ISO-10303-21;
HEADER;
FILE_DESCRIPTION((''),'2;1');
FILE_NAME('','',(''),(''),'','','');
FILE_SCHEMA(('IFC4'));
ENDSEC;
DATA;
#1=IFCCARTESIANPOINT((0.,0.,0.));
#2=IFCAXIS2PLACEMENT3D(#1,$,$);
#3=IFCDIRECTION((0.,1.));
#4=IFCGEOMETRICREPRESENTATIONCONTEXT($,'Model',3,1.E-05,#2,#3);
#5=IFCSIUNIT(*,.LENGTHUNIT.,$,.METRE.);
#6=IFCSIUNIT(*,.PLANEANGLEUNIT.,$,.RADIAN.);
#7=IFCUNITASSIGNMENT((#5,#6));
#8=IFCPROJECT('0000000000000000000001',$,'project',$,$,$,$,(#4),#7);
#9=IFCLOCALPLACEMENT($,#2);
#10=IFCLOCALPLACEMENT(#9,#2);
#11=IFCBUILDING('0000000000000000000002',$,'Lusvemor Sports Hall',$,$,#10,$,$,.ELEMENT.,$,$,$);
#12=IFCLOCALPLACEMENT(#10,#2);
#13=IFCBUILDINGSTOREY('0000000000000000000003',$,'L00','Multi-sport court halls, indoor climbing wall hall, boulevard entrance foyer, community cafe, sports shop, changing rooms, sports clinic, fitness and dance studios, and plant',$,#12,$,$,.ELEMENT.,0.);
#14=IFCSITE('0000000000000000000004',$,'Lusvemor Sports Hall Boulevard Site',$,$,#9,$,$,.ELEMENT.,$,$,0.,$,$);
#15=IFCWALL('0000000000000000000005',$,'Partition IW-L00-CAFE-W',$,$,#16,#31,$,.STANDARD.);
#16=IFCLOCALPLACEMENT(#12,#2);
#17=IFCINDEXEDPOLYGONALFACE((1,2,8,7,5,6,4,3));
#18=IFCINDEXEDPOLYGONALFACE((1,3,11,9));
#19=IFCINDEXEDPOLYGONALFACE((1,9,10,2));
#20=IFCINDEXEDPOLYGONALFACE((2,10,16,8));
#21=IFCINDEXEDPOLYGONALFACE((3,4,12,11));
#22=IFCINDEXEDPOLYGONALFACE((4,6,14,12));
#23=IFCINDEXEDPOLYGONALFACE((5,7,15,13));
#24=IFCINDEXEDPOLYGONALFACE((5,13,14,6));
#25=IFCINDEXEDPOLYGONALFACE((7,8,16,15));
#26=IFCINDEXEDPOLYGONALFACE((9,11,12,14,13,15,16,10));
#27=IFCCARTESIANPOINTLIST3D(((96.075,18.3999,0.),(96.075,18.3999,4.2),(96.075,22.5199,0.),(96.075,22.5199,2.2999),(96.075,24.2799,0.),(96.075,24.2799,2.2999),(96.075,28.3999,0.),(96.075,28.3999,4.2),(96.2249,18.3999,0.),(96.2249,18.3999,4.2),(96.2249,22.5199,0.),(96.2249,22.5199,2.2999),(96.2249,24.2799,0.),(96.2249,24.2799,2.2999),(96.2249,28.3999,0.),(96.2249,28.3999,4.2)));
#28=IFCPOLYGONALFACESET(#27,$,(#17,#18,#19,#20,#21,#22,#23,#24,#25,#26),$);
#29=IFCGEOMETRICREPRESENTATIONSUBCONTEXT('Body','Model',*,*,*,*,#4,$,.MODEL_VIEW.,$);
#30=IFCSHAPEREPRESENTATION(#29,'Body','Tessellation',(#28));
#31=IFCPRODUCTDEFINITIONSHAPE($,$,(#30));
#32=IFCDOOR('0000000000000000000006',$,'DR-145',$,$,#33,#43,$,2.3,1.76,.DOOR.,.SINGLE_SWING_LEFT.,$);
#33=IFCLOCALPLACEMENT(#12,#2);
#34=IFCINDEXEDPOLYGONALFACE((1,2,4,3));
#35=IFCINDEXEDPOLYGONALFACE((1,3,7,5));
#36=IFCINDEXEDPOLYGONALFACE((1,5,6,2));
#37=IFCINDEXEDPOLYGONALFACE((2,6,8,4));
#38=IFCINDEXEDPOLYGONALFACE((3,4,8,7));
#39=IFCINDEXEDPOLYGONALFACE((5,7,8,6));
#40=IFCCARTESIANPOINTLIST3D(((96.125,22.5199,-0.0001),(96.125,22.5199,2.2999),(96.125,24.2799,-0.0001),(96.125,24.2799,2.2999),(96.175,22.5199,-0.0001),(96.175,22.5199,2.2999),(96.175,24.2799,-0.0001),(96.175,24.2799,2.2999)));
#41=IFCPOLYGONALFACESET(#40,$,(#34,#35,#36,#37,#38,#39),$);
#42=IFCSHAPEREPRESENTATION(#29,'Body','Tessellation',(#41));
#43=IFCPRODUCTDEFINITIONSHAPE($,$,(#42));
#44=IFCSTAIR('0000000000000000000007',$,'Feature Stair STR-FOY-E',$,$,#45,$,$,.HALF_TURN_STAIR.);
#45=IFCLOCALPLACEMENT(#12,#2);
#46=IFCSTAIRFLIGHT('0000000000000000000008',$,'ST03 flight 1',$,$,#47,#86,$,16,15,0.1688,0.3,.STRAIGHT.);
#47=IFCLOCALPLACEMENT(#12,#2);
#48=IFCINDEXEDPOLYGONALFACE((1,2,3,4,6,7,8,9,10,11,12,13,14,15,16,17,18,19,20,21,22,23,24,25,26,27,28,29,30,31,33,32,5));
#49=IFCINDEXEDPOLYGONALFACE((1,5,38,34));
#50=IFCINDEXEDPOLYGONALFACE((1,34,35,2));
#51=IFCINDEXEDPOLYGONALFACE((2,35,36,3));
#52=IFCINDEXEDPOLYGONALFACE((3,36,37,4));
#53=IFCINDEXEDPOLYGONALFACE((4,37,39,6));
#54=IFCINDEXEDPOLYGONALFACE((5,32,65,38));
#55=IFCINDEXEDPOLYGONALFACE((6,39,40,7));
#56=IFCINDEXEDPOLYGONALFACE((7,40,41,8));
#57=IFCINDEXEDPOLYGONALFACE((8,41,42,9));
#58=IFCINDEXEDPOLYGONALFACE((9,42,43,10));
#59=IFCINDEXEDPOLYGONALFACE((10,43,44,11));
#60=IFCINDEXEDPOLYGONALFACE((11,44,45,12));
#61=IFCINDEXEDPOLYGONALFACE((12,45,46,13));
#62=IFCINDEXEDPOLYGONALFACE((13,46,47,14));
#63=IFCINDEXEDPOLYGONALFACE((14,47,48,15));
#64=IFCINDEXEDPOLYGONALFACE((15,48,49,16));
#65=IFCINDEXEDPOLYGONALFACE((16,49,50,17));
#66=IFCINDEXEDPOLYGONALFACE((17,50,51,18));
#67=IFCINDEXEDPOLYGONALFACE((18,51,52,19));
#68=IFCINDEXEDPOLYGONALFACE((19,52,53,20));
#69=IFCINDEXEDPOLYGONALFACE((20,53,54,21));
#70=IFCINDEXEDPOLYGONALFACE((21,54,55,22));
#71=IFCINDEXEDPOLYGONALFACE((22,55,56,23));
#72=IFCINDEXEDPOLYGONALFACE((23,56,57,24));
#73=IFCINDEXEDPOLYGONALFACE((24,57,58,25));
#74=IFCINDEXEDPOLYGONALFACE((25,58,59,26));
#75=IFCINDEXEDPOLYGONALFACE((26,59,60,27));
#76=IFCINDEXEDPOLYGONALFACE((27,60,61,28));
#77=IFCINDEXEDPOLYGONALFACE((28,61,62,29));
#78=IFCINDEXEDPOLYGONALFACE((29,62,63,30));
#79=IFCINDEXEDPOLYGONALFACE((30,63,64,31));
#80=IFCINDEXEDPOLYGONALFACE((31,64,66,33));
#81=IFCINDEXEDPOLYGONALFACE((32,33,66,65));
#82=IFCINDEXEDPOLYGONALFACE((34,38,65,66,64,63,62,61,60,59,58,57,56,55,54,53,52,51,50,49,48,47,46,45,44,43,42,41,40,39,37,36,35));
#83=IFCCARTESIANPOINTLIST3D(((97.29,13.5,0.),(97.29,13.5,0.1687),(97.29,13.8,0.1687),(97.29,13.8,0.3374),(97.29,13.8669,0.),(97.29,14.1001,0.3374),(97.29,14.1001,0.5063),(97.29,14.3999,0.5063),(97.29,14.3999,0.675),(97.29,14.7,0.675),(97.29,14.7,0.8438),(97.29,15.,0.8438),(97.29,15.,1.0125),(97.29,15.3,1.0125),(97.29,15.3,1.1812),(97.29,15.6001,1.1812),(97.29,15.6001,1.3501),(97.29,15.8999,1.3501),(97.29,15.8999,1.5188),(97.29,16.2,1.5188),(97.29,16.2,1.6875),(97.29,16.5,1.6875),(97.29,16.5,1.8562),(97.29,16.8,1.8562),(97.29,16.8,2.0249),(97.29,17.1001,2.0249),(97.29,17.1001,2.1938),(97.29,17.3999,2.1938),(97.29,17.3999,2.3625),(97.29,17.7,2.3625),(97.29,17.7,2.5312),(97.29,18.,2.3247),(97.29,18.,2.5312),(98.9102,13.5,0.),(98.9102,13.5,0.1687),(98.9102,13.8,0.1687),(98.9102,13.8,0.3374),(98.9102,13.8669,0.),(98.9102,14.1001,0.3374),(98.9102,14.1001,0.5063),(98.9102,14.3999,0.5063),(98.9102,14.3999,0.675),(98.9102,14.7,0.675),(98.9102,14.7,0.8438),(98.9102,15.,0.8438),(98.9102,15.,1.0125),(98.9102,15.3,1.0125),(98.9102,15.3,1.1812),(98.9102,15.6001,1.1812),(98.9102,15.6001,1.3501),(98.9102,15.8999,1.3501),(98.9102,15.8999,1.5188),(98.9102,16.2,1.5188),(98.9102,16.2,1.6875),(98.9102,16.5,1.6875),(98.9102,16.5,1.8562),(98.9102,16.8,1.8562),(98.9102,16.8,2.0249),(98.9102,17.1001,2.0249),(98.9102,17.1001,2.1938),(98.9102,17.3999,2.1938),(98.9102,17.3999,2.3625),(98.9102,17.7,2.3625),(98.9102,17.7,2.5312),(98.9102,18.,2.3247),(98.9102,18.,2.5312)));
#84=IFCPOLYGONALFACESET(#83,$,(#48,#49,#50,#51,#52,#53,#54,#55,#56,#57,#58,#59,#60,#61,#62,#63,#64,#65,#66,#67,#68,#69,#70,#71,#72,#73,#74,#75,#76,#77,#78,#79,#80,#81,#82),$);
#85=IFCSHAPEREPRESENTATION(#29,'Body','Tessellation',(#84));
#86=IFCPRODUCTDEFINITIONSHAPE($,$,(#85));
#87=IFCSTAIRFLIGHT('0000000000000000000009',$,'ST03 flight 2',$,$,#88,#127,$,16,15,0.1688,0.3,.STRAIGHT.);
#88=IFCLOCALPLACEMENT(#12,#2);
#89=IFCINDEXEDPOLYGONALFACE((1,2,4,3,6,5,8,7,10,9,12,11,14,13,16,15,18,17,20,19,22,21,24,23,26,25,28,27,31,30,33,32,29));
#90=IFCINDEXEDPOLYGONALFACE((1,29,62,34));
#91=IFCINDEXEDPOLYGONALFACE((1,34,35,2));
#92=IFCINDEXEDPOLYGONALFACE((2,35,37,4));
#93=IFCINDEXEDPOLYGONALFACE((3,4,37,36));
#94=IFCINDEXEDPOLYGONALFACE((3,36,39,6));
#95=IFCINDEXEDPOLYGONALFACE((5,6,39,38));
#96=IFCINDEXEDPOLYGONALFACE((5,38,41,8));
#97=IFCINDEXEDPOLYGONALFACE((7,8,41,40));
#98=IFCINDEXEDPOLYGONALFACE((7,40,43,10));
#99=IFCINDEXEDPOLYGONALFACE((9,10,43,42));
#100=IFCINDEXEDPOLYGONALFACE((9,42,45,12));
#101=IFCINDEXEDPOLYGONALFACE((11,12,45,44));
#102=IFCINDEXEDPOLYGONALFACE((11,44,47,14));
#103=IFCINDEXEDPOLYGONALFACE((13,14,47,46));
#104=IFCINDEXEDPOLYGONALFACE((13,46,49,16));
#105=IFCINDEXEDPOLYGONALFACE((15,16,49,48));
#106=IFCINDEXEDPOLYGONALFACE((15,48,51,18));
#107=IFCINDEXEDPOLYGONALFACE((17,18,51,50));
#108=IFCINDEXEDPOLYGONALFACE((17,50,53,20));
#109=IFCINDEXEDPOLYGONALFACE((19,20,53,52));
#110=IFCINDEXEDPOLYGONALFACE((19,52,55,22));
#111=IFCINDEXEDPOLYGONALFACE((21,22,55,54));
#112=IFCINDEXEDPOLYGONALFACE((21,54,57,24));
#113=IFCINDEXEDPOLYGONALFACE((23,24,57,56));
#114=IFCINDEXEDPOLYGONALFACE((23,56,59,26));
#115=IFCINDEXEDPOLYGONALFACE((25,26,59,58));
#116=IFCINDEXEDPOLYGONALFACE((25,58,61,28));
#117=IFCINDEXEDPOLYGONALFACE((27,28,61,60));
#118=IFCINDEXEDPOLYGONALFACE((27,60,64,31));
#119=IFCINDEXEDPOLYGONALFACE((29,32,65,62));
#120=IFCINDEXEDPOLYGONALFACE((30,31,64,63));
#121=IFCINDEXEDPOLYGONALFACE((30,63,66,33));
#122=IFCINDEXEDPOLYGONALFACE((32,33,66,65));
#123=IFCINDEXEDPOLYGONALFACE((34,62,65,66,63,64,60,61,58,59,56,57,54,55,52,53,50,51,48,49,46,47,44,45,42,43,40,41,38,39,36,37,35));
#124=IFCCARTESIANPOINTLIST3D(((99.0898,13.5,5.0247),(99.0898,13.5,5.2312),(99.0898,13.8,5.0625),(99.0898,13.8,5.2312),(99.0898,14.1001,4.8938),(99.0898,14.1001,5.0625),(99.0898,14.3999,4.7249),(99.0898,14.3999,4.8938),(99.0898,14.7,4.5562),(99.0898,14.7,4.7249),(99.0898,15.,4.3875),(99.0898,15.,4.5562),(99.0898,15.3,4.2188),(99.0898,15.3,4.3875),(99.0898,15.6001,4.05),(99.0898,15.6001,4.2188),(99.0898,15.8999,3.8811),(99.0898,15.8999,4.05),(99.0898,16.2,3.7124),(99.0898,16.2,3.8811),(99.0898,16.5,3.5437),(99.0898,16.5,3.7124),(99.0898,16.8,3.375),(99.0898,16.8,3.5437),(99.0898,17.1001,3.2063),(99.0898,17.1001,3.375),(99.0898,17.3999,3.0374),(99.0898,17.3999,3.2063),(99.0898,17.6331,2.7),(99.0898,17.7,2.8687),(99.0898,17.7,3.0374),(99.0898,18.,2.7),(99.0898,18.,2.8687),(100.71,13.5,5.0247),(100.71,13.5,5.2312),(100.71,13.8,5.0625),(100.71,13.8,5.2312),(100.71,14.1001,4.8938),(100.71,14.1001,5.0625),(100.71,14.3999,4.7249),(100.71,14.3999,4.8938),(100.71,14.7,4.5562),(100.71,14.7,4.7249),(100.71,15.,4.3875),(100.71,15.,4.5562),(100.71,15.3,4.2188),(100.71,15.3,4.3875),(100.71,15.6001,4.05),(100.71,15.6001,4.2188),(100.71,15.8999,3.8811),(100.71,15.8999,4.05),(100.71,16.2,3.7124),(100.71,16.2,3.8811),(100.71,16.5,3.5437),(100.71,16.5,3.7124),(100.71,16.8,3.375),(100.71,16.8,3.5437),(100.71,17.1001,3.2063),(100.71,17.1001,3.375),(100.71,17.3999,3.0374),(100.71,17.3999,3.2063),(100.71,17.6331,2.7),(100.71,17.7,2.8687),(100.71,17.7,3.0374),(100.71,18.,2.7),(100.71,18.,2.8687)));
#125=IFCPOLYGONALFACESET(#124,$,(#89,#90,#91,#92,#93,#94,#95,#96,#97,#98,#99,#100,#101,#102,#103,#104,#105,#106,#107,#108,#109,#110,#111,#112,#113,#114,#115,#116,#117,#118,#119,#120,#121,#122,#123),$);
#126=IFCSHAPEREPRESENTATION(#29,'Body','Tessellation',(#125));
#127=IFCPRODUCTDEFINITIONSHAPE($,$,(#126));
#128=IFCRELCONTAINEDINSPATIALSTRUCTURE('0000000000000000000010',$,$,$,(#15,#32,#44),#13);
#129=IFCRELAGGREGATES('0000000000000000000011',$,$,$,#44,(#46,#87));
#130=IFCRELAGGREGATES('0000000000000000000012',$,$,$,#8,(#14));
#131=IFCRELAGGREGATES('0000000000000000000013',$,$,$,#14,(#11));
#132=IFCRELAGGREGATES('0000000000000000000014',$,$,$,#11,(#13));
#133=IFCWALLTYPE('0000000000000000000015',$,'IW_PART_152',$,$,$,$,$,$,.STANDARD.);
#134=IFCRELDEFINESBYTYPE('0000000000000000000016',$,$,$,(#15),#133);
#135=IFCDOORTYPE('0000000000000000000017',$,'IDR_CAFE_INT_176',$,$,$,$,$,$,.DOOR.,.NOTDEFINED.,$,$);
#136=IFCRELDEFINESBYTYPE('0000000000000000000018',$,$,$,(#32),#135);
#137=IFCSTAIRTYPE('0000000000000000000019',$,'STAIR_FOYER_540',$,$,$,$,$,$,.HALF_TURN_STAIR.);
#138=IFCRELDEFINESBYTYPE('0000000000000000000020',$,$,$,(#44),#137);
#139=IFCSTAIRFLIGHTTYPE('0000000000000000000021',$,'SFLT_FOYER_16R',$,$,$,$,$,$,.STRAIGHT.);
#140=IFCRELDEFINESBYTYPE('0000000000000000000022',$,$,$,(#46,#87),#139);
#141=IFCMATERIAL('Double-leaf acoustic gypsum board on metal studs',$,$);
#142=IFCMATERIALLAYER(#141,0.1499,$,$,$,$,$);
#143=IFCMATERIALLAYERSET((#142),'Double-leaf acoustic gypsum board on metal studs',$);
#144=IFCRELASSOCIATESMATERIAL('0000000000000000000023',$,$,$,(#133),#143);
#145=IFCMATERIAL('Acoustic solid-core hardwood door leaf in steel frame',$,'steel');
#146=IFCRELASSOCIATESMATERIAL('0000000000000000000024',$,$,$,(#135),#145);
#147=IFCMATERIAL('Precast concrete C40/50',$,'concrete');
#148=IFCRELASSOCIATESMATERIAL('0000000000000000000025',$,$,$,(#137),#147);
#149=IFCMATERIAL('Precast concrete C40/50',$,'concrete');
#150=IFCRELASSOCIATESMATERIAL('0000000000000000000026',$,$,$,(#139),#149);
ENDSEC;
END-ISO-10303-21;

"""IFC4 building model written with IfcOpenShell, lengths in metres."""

from ifc_helpers import new_model, si_unit, direction, frame, frame_2d, origin, place, context, subcontext, project, spatial, polyline, rectangle, outline, extrude, material, layer, layer_set, type_object, element, fill, aggregate, save


model = new_model("IFC4")

# Units and contexts
model_context = context("Model", 3, precision=1e-05, world=origin(), true_north=direction((0.0, 1.0)))
body_context = subcontext(model_context, "Body", "Model", "MODEL_VIEW")
ifc_project = project(units=[si_unit("LENGTHUNIT", "METRE"), si_unit("PLANEANGLEUNIT", "RADIAN")], contexts=[model_context])

# Site, building, storey
site_placement = place(None, origin())
site = spatial("IfcSite", under=ifc_project, at=site_placement, Name="Lusvemor Sports Hall Boulevard Site", CompositionType="ELEMENT", RefElevation=0.0)
building_placement = place(site_placement, origin())
building = spatial("IfcBuilding", under=site, at=building_placement, Name="Lusvemor Sports Hall", CompositionType="ELEMENT")
storey_placement = place(building_placement, origin())
storey = spatial("IfcBuildingStorey", under=building, at=storey_placement, Name="L00", Description="Multi-sport court halls, indoor climbing wall hall, boulevard entrance foyer, community cafe, sports shop, changing rooms, sports clinic, fitness and dance studios, and plant", CompositionType="ELEMENT", Elevation=0.0)

# Wall, opening, door
ifc_material_1 = material(Name="Double-leaf acoustic gypsum board on metal studs")
ifc_layer_1 = layer(ifc_material_1, 0.1499)
ifc_layer_set_1 = layer_set([ifc_layer_1], Name="Double-leaf acoustic gypsum board on metal studs")
wall_type_1 = type_object("IfcWallType", Name="IW_PART_152", PredefinedType="STANDARD", material=ifc_layer_set_1)
wall_1_placement = place(storey_placement, frame((96.1499, 18.3999, 0.0), z_axis=(0.0, 0.0, 1.0), x_axis=(0.0, 1.0, 0.0)))
wall_1 = element("IfcWall", 1, at=wall_1_placement, inside=storey, type_object=wall_type_1, Name="Partition IW-L00-CAFE-W", PredefinedType="STANDARD", context=body_context, shape_type="SweptSolid", body=[
    extrude(rectangle(XDim=10.0, YDim=0.1499, at=frame_2d((5.0, 0.0))), origin(), (0.0, 0.0, 1.0), 4.2),
])
opening_1_placement = place(wall_1_placement, frame((4.1201, 0.0, 0.0)))
opening_1 = element("IfcOpeningElement", 2, at=opening_1_placement, cuts=wall_1, PredefinedType="OPENING", context=body_context, shape_type="SweptSolid", body=[
    extrude(rectangle(XDim=1.76, YDim=2.3, at=frame_2d((0.8799, 1.1499))), frame((0.0, 0.075, 0.0), z_axis=(0.0, -1.0, 0.0), x_axis=(1.0, 0.0, 0.0)), (0.0, 0.0, 1.0), 0.1499),
])
ifc_material_2 = material(Name="Acoustic solid-core hardwood door leaf in steel frame", Category="steel")
door_type_1 = type_object("IfcDoorType", Name="IDR_CAFE_INT_176", OperationType="NOTDEFINED", PredefinedType="DOOR", material=ifc_material_2)
door_1_placement = place(opening_1_placement, origin())
door_1 = element("IfcDoor", 3, at=door_1_placement, inside=storey, type_object=door_type_1, Name="DR-145", OperationType="SINGLE_SWING_LEFT", OverallHeight=2.3, OverallWidth=1.76, PredefinedType="DOOR", context=body_context, shape_type="SweptSolid", body=[
    extrude(rectangle(XDim=1.76, YDim=2.3, at=frame_2d((0.8799, 1.1499))), frame((0.0, 0.0249, 0.0), z_axis=(0.0, -1.0, 0.0), x_axis=(1.0, 0.0, 0.0)), (0.0, 0.0, 1.0), 0.05),
])
fill(opening_1, door_1)

# Stair, stair flights
ifc_material_3 = material(Name="Precast concrete C40/50", Category="concrete")
stair_type = type_object("IfcStairType", Name="STAIR_FOYER_540", PredefinedType="HALF_TURN_STAIR", material=ifc_material_3)
stair_placement = place(storey_placement, origin())
stair = element("IfcStair", 4, at=stair_placement, inside=storey, type_object=stair_type, Name="Feature Stair STR-FOY-E", PredefinedType="HALF_TURN_STAIR")
ifc_material_4 = material(Name="Precast concrete C40/50", Category="concrete")
stair_flight_type = type_object("IfcStairFlightType", Name="SFLT_FOYER_16R", PredefinedType="STRAIGHT", material=ifc_material_4)
stair_flight_1_placement = place(storey_placement, frame((98.1001, 13.5, 0.0), z_axis=(0.0, 0.0, 1.0), x_axis=(0.0, 1.0, 0.0)))
stair_flight_1 = element("IfcStairFlight", 5, at=stair_flight_1_placement, type_object=stair_flight_type, Name="ST03 flight 1", NumberOfRisers=16, NumberOfTreads=15, PredefinedType="STRAIGHT", RiserHeight=0.1688, TreadLength=0.3, context=body_context, shape_type="SweptSolid", body=[
    extrude(outline(polyline([(0.0, 0.0), (0.0, 0.1687), (0.3, 0.1687), (0.3, 0.3374), (0.6001, 0.3374), (0.6001, 0.5063), (0.8999, 0.5063), (0.8999, 0.675), (1.2, 0.675), (1.2, 0.8438), (1.5, 0.8438), (1.5, 1.0125), (1.8, 1.0125), (1.8, 1.1812), (2.1001, 1.1812), (2.1001, 1.3501), (2.3999, 1.3501), (2.3999, 1.5188), (2.7, 1.5188), (2.7, 1.6875), (3.0, 1.6875), (3.0, 1.8562), (3.3, 1.8562), (3.3, 2.0249), (3.6001, 2.0249), (3.6001, 2.1938), (3.8999, 2.1938), (3.8999, 2.3625), (4.2, 2.3625), (4.2, 2.5312), (4.5, 2.5312), (4.5, 2.7), (4.5, 2.3247), (0.3669, 0.0), (0.0, 0.0)])), frame((0.0, 0.8101, 0.0), z_axis=(0.0, -1.0, 0.0), x_axis=(1.0, 0.0, 0.0)), (0.0, 0.0, 1.0), 1.6201),
])
stair_flight_2_placement = place(storey_placement, frame((99.8999, 18.0, 2.7), z_axis=(0.0, 0.0, 1.0), x_axis=(0.0, -1.0, 0.0)))
stair_flight_2 = element("IfcStairFlight", 6, at=stair_flight_2_placement, type_object=stair_flight_type, Name="ST03 flight 2", NumberOfRisers=16, NumberOfTreads=15, PredefinedType="STRAIGHT", RiserHeight=0.1688, TreadLength=0.3, context=body_context, shape_type="SweptSolid", body=[
    extrude(outline(polyline([(0.0, 0.0), (0.0, 0.1687), (0.3, 0.1687), (0.3, 0.3374), (0.6001, 0.3374), (0.6001, 0.5063), (0.8999, 0.5063), (0.8999, 0.675), (1.2, 0.675), (1.2, 0.8438), (1.5, 0.8438), (1.5, 1.0125), (1.8, 1.0125), (1.8, 1.1812), (2.1001, 1.1812), (2.1001, 1.3501), (2.3999, 1.3501), (2.3999, 1.5188), (2.7, 1.5188), (2.7, 1.6875), (3.0, 1.6875), (3.0, 1.8562), (3.3, 1.8562), (3.3, 2.0249), (3.6001, 2.0249), (3.6001, 2.1938), (3.8999, 2.1938), (3.8999, 2.3625), (4.2, 2.3625), (4.2, 2.5312), (4.5, 2.5312), (4.5, 2.7), (4.5, 2.3247), (0.3669, 0.0), (0.0, 0.0)])), frame((0.0, 0.8101, 0.0), z_axis=(0.0, -1.0, 0.0), x_axis=(1.0, 0.0, 0.0)), (0.0, 0.0, 1.0), 1.6201),
])
aggregate(stair, [stair_flight_1, stair_flight_2])

save(model, "model.ifc")
